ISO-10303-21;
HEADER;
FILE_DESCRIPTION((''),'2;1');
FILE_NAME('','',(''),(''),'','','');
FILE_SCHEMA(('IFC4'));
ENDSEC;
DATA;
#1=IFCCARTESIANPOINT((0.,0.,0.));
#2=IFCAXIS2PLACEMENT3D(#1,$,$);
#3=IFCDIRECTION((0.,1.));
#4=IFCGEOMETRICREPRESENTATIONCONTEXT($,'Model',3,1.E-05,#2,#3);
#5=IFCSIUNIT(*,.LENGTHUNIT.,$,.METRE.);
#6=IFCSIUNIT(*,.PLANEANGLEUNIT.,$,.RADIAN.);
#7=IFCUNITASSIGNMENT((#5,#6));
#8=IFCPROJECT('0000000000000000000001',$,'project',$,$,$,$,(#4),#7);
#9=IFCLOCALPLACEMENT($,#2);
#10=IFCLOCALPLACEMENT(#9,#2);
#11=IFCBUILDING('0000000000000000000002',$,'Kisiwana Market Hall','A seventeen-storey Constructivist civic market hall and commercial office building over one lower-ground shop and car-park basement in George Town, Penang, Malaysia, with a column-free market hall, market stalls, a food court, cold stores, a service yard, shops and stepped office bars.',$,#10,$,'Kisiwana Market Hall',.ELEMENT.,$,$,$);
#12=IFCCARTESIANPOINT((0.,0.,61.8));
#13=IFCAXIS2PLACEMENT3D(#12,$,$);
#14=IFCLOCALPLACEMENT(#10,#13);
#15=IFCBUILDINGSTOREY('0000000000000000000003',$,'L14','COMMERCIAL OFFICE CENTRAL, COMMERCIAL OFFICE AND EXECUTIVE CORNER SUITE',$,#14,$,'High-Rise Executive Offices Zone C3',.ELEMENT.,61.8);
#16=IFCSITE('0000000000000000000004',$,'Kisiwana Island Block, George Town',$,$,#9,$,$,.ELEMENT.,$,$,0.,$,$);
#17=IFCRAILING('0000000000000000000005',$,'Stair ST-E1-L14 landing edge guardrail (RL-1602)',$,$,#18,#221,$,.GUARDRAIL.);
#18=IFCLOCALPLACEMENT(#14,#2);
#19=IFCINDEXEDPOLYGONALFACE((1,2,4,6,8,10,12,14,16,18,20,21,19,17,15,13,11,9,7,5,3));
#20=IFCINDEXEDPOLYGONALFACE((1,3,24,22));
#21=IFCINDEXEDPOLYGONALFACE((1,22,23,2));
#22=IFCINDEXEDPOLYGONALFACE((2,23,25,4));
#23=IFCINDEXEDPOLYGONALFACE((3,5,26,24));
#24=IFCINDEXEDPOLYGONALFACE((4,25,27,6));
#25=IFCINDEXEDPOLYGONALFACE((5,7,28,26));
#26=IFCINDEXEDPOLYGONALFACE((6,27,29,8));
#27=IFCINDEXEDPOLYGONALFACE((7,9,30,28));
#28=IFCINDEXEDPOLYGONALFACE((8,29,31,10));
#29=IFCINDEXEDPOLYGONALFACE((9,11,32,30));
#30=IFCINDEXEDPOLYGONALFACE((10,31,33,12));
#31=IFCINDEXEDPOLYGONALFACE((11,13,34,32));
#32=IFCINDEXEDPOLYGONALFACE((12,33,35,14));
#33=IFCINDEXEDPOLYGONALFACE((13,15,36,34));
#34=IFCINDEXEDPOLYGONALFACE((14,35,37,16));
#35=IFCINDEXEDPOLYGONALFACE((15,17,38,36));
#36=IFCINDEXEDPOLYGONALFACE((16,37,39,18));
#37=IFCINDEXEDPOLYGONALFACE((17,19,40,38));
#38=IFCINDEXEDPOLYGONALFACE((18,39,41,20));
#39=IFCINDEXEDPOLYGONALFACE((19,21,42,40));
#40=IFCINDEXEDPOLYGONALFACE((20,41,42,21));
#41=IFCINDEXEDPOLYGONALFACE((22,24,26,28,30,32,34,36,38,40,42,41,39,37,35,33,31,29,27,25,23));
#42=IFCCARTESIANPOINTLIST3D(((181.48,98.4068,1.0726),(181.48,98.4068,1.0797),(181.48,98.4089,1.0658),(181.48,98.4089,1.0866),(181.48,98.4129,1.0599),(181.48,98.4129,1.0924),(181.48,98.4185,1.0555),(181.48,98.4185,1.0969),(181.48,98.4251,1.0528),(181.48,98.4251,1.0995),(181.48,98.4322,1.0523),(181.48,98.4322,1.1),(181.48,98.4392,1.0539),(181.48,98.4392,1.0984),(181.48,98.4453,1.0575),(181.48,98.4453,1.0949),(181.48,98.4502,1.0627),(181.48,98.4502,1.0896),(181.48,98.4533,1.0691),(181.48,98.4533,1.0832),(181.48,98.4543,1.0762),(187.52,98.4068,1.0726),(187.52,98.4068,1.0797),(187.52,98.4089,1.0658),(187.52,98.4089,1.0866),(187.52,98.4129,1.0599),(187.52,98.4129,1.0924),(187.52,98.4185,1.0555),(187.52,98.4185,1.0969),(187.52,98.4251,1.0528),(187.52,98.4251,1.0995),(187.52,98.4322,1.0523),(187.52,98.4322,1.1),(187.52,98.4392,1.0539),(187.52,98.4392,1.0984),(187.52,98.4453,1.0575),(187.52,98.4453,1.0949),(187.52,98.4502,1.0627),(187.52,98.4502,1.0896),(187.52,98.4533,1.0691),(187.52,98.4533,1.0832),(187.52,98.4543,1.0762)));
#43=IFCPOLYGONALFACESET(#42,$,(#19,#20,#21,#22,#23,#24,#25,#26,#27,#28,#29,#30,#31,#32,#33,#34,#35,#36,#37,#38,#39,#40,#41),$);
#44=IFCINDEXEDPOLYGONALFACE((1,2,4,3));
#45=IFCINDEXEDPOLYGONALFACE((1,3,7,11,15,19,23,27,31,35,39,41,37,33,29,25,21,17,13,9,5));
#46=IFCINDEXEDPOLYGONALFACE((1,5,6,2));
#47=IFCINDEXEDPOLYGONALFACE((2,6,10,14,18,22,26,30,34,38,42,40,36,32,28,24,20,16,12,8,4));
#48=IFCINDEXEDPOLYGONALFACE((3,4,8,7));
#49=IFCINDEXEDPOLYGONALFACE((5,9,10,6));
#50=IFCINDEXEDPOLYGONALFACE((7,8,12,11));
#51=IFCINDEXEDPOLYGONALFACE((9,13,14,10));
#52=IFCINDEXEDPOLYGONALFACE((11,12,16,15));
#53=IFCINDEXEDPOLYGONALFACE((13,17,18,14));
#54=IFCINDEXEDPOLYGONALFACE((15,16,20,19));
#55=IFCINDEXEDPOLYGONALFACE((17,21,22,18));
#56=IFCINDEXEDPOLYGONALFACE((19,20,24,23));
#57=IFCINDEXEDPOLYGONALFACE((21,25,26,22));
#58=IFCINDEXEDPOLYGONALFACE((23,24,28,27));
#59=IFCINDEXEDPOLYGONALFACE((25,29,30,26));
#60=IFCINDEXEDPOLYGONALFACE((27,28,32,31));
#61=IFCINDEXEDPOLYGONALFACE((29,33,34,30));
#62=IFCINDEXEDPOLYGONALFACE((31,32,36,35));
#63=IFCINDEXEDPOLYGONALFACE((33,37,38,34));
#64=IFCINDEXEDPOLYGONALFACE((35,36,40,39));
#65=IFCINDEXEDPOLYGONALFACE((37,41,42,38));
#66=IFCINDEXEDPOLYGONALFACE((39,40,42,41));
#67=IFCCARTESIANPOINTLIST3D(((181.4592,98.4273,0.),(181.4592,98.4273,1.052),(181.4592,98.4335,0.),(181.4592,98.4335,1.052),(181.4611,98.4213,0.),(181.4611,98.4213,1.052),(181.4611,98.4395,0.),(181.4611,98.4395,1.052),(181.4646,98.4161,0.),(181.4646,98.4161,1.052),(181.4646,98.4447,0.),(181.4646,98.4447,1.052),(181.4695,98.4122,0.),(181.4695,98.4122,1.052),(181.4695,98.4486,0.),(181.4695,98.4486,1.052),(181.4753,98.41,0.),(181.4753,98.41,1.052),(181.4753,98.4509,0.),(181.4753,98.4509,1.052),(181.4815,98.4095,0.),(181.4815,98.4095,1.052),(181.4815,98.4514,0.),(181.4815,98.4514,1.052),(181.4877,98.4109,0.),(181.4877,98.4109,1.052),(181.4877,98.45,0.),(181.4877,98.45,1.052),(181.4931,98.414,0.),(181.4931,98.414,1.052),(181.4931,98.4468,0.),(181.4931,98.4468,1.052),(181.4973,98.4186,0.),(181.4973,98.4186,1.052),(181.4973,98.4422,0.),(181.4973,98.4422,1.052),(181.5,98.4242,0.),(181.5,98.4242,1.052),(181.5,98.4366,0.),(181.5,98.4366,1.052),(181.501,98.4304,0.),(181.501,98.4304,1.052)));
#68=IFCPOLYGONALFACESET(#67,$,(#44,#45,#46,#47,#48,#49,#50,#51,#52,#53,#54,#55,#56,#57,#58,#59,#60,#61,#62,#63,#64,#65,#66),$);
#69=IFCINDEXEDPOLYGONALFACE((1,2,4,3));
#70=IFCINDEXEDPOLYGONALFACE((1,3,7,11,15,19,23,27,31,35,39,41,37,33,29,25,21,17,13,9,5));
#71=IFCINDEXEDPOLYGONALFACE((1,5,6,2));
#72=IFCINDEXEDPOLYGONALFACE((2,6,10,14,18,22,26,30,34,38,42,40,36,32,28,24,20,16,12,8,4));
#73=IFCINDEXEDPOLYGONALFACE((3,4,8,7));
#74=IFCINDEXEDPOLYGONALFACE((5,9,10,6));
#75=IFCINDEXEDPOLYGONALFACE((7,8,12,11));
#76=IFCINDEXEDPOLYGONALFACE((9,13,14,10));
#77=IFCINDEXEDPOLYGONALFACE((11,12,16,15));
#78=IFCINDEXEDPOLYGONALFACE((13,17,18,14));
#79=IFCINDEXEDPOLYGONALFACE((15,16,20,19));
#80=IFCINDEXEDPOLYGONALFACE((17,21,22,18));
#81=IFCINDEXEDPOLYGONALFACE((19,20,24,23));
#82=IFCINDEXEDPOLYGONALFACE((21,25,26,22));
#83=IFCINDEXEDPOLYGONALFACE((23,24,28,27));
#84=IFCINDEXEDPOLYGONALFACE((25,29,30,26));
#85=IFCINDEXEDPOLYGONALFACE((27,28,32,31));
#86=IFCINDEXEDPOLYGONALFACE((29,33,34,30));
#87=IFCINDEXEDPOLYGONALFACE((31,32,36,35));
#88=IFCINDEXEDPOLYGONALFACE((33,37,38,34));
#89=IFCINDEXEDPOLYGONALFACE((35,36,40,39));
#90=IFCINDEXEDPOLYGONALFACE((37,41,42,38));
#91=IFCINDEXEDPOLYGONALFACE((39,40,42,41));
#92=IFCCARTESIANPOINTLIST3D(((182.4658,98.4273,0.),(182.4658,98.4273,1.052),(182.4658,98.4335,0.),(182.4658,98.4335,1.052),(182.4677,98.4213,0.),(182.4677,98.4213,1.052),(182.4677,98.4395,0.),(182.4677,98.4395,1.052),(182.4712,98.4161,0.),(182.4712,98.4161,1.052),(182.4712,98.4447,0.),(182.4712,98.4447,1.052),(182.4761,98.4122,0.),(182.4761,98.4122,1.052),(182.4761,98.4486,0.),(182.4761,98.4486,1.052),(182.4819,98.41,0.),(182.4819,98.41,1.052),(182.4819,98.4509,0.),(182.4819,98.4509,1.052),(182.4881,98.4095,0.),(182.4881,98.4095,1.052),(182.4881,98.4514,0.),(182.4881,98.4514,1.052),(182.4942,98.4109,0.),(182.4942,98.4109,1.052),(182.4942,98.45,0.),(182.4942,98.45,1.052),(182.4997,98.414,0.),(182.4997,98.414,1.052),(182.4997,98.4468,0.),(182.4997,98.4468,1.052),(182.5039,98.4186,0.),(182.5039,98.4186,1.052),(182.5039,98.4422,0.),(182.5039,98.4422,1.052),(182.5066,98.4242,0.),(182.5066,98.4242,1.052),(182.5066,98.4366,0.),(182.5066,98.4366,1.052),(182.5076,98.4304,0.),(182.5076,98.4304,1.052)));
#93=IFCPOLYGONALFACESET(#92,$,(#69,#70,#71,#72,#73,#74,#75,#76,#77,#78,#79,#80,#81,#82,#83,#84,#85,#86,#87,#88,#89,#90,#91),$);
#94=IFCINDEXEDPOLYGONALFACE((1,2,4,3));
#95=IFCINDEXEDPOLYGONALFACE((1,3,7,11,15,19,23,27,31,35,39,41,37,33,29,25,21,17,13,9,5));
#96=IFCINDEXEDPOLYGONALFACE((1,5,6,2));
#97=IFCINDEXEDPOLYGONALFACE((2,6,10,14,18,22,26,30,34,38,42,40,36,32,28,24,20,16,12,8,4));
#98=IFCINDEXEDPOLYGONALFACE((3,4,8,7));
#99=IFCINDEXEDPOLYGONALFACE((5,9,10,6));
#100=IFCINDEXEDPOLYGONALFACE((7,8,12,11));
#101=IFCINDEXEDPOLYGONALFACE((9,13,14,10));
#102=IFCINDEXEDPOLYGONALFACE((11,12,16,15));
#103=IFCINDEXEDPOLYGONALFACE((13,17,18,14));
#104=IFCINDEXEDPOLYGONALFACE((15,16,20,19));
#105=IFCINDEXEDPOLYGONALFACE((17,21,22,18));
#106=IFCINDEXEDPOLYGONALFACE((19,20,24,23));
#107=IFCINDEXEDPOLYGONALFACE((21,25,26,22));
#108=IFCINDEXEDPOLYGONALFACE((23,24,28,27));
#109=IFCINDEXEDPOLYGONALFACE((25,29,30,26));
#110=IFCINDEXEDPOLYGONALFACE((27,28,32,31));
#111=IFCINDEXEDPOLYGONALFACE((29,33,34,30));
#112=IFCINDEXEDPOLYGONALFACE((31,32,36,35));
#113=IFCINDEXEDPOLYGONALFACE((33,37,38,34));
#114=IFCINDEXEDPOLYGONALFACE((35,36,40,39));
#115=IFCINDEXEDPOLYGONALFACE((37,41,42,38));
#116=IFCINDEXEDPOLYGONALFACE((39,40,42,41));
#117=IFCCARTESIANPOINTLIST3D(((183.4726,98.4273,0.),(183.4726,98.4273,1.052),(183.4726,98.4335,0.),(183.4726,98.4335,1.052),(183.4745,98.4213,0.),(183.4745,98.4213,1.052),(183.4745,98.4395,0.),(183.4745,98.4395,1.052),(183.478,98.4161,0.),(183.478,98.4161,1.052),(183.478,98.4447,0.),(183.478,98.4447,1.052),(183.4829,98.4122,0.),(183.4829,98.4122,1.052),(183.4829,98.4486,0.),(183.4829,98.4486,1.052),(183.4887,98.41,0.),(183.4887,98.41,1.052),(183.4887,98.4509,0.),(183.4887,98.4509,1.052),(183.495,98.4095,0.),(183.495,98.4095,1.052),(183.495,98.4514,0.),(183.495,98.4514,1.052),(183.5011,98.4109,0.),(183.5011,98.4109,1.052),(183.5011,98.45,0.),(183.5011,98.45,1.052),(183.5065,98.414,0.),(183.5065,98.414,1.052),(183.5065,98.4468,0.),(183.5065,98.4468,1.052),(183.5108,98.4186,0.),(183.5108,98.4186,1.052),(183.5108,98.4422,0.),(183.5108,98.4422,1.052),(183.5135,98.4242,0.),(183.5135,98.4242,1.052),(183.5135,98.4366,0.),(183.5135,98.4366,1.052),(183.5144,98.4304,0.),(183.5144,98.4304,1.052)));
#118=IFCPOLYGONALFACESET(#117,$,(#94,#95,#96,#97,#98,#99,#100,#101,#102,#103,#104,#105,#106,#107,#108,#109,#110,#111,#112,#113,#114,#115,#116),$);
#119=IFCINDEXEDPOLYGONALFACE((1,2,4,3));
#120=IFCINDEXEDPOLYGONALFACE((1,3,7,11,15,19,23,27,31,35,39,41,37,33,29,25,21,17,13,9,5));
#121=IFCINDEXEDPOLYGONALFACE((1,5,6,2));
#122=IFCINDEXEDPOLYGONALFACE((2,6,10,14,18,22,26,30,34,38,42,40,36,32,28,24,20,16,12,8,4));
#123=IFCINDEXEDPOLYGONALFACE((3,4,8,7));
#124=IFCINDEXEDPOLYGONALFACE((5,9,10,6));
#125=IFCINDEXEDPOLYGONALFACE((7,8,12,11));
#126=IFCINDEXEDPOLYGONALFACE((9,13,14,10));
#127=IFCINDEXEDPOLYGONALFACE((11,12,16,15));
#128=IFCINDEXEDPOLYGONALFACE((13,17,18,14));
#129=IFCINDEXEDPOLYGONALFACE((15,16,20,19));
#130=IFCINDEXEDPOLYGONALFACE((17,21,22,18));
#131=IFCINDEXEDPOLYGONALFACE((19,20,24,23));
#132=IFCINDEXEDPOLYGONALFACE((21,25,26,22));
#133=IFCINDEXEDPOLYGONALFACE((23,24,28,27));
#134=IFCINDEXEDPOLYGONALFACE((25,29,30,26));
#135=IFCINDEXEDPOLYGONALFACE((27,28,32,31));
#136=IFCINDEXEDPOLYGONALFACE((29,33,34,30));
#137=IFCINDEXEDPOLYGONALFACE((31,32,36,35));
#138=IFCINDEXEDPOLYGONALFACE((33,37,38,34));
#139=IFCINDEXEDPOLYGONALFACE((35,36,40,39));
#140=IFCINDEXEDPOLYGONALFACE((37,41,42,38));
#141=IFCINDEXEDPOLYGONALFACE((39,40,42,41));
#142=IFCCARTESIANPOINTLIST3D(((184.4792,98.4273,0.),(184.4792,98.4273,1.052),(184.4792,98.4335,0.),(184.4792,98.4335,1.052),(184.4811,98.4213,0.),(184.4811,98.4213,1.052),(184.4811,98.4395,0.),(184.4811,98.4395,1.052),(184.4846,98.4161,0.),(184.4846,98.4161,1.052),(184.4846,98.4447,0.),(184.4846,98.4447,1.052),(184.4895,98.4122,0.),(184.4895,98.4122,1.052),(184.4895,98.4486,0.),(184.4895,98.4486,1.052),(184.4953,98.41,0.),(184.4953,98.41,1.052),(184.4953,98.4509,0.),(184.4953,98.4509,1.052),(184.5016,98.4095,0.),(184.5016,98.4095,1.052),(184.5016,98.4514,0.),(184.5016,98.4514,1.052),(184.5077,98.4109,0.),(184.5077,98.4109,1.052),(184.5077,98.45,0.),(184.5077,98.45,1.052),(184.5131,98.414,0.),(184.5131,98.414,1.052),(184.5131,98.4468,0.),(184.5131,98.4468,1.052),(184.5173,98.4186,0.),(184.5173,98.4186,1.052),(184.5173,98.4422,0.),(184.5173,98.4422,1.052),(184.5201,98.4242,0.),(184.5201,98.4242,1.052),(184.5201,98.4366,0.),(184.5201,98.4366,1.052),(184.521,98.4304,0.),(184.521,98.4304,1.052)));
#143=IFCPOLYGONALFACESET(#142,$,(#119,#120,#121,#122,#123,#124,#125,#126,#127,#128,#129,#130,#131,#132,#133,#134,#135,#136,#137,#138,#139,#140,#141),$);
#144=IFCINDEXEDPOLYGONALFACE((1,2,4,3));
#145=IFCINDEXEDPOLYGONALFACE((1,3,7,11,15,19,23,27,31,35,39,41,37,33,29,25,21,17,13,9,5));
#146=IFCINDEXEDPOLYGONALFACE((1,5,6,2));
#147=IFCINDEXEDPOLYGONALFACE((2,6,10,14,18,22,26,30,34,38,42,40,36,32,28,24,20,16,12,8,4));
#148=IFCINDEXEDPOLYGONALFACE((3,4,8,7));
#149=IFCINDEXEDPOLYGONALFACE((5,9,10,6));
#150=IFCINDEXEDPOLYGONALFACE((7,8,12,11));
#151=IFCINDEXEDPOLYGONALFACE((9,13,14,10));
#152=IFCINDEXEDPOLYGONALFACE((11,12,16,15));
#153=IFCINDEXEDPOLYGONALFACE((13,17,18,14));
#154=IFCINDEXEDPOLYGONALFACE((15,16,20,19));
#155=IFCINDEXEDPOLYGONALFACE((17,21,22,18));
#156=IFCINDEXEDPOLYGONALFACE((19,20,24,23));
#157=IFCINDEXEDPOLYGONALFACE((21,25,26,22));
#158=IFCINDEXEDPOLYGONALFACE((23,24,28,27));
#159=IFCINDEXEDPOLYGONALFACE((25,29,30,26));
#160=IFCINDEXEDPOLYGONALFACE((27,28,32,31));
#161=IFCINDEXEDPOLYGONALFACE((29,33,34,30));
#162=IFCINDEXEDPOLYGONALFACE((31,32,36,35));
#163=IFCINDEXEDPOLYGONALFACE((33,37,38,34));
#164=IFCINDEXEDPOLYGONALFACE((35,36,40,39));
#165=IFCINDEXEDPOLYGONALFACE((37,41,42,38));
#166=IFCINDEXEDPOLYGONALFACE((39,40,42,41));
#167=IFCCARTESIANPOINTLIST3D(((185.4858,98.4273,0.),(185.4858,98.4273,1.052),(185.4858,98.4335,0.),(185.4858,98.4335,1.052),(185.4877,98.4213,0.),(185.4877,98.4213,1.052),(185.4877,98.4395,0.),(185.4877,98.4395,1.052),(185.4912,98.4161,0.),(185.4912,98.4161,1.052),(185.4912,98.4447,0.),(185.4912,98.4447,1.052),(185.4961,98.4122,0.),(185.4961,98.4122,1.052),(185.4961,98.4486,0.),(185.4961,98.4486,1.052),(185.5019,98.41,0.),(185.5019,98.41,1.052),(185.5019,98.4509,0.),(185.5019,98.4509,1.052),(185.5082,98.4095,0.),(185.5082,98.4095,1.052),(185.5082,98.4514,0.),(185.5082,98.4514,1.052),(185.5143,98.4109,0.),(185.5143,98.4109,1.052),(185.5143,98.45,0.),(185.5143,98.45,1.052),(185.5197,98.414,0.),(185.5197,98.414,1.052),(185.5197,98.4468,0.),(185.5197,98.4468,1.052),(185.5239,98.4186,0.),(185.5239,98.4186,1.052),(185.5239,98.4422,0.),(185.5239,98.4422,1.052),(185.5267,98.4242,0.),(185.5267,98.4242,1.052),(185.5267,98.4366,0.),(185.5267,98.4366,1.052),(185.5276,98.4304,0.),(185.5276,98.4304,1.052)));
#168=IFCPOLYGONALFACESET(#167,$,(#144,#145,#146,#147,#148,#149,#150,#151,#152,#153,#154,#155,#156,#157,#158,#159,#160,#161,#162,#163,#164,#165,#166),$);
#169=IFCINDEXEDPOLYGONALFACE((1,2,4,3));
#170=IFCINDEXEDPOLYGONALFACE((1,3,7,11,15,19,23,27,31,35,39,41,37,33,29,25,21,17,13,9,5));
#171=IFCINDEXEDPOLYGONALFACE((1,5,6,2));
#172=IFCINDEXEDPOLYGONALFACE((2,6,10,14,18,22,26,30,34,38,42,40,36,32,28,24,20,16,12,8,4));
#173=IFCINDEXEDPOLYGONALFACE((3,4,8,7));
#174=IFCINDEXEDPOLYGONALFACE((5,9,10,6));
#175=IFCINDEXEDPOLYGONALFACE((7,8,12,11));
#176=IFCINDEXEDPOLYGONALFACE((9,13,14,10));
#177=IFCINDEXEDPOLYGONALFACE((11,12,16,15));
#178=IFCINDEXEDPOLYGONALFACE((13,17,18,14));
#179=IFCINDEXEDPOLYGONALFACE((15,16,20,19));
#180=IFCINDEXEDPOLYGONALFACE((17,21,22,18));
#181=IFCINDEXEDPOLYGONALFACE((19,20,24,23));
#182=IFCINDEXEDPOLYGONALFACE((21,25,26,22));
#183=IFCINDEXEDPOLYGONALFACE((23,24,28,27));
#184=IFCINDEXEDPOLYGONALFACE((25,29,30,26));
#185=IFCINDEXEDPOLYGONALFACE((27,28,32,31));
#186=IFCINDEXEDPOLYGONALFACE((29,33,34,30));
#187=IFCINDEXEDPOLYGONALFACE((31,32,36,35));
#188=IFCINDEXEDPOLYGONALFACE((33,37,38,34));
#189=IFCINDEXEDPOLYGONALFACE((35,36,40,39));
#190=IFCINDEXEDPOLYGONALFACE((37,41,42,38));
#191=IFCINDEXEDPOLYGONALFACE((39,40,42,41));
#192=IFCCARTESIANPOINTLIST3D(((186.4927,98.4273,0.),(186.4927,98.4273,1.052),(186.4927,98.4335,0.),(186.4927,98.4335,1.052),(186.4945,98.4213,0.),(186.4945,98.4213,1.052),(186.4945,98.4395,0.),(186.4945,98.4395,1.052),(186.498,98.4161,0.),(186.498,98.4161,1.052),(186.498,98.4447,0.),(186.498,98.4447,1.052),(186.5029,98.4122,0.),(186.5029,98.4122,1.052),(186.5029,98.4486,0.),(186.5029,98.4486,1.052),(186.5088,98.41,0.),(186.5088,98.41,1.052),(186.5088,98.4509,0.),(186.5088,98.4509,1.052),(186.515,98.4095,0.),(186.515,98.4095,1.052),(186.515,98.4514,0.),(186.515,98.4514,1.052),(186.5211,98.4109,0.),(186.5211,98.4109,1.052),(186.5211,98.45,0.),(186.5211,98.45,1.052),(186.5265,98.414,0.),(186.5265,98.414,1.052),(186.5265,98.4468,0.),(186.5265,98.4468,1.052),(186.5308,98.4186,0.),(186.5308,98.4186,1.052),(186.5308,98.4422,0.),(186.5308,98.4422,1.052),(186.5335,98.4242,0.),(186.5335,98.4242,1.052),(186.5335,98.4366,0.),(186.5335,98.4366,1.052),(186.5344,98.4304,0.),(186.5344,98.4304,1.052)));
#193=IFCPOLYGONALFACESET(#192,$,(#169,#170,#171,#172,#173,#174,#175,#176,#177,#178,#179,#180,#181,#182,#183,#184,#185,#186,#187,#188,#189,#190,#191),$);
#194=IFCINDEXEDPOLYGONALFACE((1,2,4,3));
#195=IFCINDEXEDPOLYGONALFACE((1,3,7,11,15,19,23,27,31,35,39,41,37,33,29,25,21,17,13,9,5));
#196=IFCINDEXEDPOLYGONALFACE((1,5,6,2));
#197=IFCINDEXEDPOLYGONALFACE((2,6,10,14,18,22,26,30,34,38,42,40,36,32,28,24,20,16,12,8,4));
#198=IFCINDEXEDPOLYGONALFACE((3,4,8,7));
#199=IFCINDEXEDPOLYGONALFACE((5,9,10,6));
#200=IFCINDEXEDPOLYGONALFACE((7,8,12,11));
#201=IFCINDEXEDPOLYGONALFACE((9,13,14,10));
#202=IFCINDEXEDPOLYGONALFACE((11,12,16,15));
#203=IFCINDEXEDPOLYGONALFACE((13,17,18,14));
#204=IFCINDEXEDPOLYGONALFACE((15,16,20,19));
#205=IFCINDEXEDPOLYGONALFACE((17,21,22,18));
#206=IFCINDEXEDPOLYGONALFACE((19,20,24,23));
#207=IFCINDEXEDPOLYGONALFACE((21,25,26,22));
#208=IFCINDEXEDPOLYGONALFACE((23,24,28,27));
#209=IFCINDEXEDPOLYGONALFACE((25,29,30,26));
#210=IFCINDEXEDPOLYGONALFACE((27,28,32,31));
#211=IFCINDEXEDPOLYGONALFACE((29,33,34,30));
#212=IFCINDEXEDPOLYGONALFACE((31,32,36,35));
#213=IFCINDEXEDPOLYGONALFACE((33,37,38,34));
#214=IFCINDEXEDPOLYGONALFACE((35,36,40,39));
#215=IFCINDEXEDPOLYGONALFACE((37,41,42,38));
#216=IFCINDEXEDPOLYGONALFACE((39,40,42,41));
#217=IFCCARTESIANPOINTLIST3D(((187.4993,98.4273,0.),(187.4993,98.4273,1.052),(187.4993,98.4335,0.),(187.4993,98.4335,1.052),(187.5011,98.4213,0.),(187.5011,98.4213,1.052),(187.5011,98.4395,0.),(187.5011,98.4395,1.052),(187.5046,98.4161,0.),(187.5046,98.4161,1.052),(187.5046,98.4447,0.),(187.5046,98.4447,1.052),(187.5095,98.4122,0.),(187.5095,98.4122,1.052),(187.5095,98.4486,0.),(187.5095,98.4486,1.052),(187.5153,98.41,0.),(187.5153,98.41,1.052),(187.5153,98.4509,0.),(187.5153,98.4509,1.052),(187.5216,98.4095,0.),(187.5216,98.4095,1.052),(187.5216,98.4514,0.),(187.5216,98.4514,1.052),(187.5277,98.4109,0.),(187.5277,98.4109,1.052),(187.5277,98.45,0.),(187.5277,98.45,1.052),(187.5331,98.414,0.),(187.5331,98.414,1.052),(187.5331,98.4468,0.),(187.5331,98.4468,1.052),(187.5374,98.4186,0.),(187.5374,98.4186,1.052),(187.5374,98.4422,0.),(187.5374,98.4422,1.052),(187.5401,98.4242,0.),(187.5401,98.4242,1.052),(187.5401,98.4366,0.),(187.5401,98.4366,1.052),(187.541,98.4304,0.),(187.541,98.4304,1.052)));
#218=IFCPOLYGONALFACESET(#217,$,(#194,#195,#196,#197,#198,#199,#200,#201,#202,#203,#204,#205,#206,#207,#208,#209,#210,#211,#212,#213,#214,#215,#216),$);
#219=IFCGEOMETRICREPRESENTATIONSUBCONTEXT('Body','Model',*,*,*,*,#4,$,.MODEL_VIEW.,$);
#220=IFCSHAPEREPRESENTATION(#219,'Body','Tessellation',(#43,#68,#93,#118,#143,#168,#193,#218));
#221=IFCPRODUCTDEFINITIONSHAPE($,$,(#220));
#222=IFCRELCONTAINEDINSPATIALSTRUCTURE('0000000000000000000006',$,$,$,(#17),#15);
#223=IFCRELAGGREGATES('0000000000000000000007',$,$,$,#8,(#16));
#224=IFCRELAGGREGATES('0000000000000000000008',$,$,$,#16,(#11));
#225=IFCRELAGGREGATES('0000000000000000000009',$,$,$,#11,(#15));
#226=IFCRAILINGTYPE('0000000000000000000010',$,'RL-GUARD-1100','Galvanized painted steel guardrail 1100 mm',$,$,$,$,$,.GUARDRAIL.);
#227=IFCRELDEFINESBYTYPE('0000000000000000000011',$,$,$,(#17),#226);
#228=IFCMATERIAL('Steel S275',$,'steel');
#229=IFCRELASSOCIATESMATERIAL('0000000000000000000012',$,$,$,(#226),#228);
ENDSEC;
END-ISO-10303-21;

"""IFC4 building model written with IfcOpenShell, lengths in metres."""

from ifc_helpers import new_model, si_unit, direction, frame, origin, origin_2d, place, context, subcontext, project, spatial, circle, extrude, material, type_object, element, save


model = new_model("IFC4")

# Units and contexts
model_context = context("Model", 3, precision=1e-05, world=origin(), true_north=direction((0.0, 1.0)))
body_context = subcontext(model_context, "Body", "Model", "MODEL_VIEW")
ifc_project = project(units=[si_unit("LENGTHUNIT", "METRE"), si_unit("PLANEANGLEUNIT", "RADIAN")], contexts=[model_context])

# Site, building, storey
site_placement = place(None, origin())
site = spatial("IfcSite", under=ifc_project, at=site_placement, Name="Kisiwana Island Block, George Town", CompositionType="ELEMENT", RefElevation=0.0)
building_placement = place(site_placement, origin())
building = spatial("IfcBuilding", under=site, at=building_placement, Name="Kisiwana Market Hall", Description="A seventeen-storey Constructivist civic market hall and commercial office building over one lower-ground shop and car-park basement in George Town, Penang, Malaysia, with a column-free market hall, market stalls, a food court, cold stores, a service yard, shops and stepped office bars.", LongName="Kisiwana Market Hall", CompositionType="ELEMENT")
storey_placement = place(building_placement, frame((0.0, 0.0, 61.8)))
storey = spatial("IfcBuildingStorey", under=building, at=storey_placement, Name="L14", Description="COMMERCIAL OFFICE CENTRAL, COMMERCIAL OFFICE AND EXECUTIVE CORNER SUITE", LongName="High-Rise Executive Offices Zone C3", CompositionType="ELEMENT", Elevation=61.8)

# Railing
ifc_material_1 = material(Name="Steel S275", Category="steel")
railing_type_1 = type_object("IfcRailingType", Name="RL-GUARD-1100", Description="Galvanized painted steel guardrail 1100 mm", PredefinedType="GUARDRAIL", material=ifc_material_1)
railing_1_placement = place(storey_placement, frame((181.48, 98.4304, 0.0)))
element("IfcRailing", 1, at=railing_1_placement, inside=storey, type_object=railing_type_1, Name="Stair ST-E1-L14 landing edge guardrail (RL-1602)", PredefinedType="GUARDRAIL", context=body_context, shape_type="SweptSolid", body=[
    extrude(circle(Radius=0.0239, at=origin_2d()), frame((0.0, 0.0, 1.0762), z_axis=(1.0, 0.0, 0.0), x_axis=(0.0, 1.0, 0.0)), (0.0, 0.0, 1.0), 6.04),
    extrude(circle(Radius=0.021, at=origin_2d()), origin(), (0.0, 0.0, 1.0), 1.052),
    extrude(circle(Radius=0.021, at=origin_2d()), frame((1.0066, 0.0, 0.0)), (0.0, 0.0, 1.0), 1.052),
    extrude(circle(Radius=0.021, at=origin_2d()), frame((2.0134, 0.0, 0.0)), (0.0, 0.0, 1.0), 1.052),
    extrude(circle(Radius=0.021, at=origin_2d()), frame((3.02, 0.0, 0.0)), (0.0, 0.0, 1.0), 1.052),
    extrude(circle(Radius=0.021, at=origin_2d()), frame((4.0266, 0.0, 0.0)), (0.0, 0.0, 1.0), 1.052),
    extrude(circle(Radius=0.021, at=origin_2d()), frame((5.0334, 0.0, 0.0)), (0.0, 0.0, 1.0), 1.052),
    extrude(circle(Radius=0.021, at=origin_2d()), frame((6.04, 0.0, 0.0)), (0.0, 0.0, 1.0), 1.052),
])

save(model, "model.ifc")
